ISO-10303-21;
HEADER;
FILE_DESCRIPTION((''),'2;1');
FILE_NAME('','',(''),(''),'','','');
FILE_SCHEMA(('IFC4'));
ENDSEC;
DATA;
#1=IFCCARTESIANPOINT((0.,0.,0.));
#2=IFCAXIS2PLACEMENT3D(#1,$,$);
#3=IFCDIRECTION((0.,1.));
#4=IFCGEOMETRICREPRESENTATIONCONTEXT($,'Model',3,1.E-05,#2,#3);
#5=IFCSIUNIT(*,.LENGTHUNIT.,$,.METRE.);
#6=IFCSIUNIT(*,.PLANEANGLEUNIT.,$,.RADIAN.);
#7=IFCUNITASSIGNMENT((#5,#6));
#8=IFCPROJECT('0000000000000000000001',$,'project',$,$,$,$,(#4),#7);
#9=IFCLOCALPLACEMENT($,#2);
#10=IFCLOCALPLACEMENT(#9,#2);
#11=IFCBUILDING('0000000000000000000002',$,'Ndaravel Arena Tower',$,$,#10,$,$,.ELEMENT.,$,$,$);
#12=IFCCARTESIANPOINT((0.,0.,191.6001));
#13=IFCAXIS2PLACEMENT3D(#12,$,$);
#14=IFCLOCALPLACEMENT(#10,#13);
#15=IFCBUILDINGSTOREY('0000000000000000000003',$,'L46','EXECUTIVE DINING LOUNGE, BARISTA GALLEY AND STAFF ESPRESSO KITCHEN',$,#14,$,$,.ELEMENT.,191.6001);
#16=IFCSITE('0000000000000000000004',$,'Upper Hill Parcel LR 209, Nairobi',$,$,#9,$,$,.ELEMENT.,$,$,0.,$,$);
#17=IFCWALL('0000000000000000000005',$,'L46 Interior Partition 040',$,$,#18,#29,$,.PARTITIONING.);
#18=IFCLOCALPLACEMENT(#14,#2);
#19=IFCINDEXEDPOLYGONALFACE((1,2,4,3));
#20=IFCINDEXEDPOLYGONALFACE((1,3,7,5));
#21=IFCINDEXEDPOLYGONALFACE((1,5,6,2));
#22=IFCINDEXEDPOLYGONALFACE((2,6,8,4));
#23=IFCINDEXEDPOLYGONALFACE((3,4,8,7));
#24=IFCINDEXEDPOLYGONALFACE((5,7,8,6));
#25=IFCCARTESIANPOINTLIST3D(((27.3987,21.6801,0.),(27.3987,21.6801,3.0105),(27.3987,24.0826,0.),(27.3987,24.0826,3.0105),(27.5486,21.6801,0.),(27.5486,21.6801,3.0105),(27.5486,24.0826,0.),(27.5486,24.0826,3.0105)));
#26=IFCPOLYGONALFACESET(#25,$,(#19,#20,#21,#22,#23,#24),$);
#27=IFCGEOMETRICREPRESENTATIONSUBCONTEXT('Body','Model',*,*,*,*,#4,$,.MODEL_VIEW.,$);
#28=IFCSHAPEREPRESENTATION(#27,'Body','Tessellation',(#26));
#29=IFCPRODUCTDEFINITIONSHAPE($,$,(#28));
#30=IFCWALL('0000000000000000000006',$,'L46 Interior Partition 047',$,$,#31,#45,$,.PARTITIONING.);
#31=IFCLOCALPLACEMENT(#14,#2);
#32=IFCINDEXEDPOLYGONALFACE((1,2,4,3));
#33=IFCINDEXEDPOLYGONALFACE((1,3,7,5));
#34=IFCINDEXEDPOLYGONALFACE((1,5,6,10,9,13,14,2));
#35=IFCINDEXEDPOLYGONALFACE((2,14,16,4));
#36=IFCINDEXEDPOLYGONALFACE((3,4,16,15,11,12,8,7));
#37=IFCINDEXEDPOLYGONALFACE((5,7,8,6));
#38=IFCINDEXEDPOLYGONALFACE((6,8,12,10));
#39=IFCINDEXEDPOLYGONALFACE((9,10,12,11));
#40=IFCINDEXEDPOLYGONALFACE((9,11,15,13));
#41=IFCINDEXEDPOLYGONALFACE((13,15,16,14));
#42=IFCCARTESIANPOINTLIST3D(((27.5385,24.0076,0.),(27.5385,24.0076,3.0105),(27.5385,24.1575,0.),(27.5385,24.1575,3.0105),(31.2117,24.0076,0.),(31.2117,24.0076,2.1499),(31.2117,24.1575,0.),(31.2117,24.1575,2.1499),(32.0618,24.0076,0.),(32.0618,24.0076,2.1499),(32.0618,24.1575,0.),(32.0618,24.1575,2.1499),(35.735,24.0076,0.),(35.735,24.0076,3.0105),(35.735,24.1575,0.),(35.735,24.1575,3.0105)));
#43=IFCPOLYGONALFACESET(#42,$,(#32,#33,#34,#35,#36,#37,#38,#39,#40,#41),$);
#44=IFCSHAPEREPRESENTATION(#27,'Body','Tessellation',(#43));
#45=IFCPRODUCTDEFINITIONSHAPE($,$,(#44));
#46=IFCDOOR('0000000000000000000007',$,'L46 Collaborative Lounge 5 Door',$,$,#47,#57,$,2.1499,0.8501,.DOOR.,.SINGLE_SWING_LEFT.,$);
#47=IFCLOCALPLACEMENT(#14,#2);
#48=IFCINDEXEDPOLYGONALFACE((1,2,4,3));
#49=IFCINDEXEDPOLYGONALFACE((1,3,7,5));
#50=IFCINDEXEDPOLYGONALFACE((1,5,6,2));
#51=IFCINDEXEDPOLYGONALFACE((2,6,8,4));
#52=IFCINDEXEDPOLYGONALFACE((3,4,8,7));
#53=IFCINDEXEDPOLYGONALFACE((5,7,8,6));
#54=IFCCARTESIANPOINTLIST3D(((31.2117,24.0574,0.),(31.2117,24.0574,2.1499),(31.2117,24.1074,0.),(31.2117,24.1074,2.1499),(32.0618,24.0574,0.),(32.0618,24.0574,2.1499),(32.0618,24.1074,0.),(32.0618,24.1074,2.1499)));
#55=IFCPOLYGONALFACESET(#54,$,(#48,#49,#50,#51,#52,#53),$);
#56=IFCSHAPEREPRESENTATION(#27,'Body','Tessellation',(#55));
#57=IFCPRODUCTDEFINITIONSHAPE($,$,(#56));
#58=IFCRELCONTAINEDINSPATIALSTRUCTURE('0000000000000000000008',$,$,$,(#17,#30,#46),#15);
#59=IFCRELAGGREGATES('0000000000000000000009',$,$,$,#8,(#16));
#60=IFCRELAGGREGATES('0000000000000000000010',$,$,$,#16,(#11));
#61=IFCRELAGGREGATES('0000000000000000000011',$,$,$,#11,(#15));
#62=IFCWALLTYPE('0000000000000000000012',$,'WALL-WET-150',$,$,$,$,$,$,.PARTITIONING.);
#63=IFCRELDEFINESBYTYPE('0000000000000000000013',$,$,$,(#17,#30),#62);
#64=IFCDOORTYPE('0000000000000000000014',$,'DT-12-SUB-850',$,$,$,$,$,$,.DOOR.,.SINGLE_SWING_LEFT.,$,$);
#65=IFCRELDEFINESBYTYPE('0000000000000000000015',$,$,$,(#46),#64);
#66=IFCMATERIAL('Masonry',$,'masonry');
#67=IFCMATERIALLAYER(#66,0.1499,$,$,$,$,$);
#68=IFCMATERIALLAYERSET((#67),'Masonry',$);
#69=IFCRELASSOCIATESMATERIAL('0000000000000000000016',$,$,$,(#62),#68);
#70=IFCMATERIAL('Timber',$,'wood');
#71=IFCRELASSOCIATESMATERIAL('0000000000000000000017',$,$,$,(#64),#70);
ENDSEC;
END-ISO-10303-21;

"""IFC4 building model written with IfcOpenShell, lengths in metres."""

from ifc_helpers import new_model, si_unit, direction, frame, frame_2d, origin, place, context, subcontext, project, spatial, rectangle, extrude, material, layer, layer_set, type_object, element, fill, save


model = new_model("IFC4")

# Units and contexts
model_context = context("Model", 3, precision=1e-05, world=origin(), true_north=direction((0.0, 1.0)))
body_context = subcontext(model_context, "Body", "Model", "MODEL_VIEW")
ifc_project = project(units=[si_unit("LENGTHUNIT", "METRE"), si_unit("PLANEANGLEUNIT", "RADIAN")], contexts=[model_context])

# Site, building, storey
site_placement = place(None, origin())
site = spatial("IfcSite", under=ifc_project, at=site_placement, Name="Upper Hill Parcel LR 209, Nairobi", CompositionType="ELEMENT", RefElevation=0.0)
building_placement = place(site_placement, origin())
building = spatial("IfcBuilding", under=site, at=building_placement, Name="Ndaravel Arena Tower", CompositionType="ELEMENT")
storey_placement = place(building_placement, frame((0.0, 0.0, 191.6001)))
storey = spatial("IfcBuildingStorey", under=building, at=storey_placement, Name="L46", Description="EXECUTIVE DINING LOUNGE, BARISTA GALLEY AND STAFF ESPRESSO KITCHEN", CompositionType="ELEMENT", Elevation=191.6001)

# Wall
ifc_material_1 = material(Name="Masonry", Category="masonry")
ifc_layer_1 = layer(ifc_material_1, 0.1499)
ifc_layer_set_1 = layer_set([ifc_layer_1], Name="Masonry")
wall_type = type_object("IfcWallType", Name="WALL-WET-150", PredefinedType="PARTITIONING", material=ifc_layer_set_1)
wall_1_placement = place(storey_placement, frame((27.4736, 24.0825, 0.0), z_axis=(0.0, 0.0, 1.0), x_axis=(0.0, -1.0, 0.0)))
element("IfcWall", 1, at=wall_1_placement, inside=storey, type_object=wall_type, Name="L46 Interior Partition 040", PredefinedType="PARTITIONING", context=body_context, shape_type="SweptSolid", body=[
    extrude(rectangle(XDim=2.4026, YDim=0.1499, at=frame_2d((1.2012, 0.0))), origin(), (0.0, 0.0, 1.0), 3.0105),
])

# Wall, opening, door
wall_2_placement = place(storey_placement, frame((27.5386, 24.0825, 0.0), z_axis=(0.0, 0.0, 1.0), x_axis=(1.0, 0.0, 0.0)))
wall_2 = element("IfcWall", 2, at=wall_2_placement, inside=storey, type_object=wall_type, Name="L46 Interior Partition 047", PredefinedType="PARTITIONING", context=body_context, shape_type="SweptSolid", body=[
    extrude(rectangle(XDim=8.1965, YDim=0.1499, at=frame_2d((4.0981, 0.0))), origin(), (0.0, 0.0, 1.0), 3.0105),
])
opening_placement = place(wall_2_placement, frame((3.6731, 0.0, 0.0)))
opening = element("IfcOpeningElement", 3, at=opening_placement, cuts=wall_2, PredefinedType="OPENING", context=body_context, shape_type="SweptSolid", body=[
    extrude(rectangle(XDim=0.8501, YDim=2.1499, at=frame_2d((0.425, 1.075))), frame((0.0, 0.075, 0.0), z_axis=(0.0, -1.0, 0.0), x_axis=(1.0, 0.0, 0.0)), (0.0, 0.0, 1.0), 0.1499),
])
ifc_material_2 = material(Name="Timber", Category="wood")
door_type = type_object("IfcDoorType", Name="DT-12-SUB-850", OperationType="SINGLE_SWING_LEFT", PredefinedType="DOOR", material=ifc_material_2)
door_placement = place(opening_placement, origin())
door = element("IfcDoor", 4, at=door_placement, inside=storey, type_object=door_type, Name="L46 Collaborative Lounge 5 Door", OperationType="SINGLE_SWING_LEFT", OverallHeight=2.1499, OverallWidth=0.8501, PredefinedType="DOOR", context=body_context, shape_type="SweptSolid", body=[
    extrude(rectangle(XDim=0.8501, YDim=2.1499, at=frame_2d((0.425, 1.075))), frame((0.0, 0.0249, 0.0), z_axis=(0.0, -1.0, 0.0), x_axis=(1.0, 0.0, 0.0)), (0.0, 0.0, 1.0), 0.05),
])
fill(opening, door)

save(model, "model.ifc")
